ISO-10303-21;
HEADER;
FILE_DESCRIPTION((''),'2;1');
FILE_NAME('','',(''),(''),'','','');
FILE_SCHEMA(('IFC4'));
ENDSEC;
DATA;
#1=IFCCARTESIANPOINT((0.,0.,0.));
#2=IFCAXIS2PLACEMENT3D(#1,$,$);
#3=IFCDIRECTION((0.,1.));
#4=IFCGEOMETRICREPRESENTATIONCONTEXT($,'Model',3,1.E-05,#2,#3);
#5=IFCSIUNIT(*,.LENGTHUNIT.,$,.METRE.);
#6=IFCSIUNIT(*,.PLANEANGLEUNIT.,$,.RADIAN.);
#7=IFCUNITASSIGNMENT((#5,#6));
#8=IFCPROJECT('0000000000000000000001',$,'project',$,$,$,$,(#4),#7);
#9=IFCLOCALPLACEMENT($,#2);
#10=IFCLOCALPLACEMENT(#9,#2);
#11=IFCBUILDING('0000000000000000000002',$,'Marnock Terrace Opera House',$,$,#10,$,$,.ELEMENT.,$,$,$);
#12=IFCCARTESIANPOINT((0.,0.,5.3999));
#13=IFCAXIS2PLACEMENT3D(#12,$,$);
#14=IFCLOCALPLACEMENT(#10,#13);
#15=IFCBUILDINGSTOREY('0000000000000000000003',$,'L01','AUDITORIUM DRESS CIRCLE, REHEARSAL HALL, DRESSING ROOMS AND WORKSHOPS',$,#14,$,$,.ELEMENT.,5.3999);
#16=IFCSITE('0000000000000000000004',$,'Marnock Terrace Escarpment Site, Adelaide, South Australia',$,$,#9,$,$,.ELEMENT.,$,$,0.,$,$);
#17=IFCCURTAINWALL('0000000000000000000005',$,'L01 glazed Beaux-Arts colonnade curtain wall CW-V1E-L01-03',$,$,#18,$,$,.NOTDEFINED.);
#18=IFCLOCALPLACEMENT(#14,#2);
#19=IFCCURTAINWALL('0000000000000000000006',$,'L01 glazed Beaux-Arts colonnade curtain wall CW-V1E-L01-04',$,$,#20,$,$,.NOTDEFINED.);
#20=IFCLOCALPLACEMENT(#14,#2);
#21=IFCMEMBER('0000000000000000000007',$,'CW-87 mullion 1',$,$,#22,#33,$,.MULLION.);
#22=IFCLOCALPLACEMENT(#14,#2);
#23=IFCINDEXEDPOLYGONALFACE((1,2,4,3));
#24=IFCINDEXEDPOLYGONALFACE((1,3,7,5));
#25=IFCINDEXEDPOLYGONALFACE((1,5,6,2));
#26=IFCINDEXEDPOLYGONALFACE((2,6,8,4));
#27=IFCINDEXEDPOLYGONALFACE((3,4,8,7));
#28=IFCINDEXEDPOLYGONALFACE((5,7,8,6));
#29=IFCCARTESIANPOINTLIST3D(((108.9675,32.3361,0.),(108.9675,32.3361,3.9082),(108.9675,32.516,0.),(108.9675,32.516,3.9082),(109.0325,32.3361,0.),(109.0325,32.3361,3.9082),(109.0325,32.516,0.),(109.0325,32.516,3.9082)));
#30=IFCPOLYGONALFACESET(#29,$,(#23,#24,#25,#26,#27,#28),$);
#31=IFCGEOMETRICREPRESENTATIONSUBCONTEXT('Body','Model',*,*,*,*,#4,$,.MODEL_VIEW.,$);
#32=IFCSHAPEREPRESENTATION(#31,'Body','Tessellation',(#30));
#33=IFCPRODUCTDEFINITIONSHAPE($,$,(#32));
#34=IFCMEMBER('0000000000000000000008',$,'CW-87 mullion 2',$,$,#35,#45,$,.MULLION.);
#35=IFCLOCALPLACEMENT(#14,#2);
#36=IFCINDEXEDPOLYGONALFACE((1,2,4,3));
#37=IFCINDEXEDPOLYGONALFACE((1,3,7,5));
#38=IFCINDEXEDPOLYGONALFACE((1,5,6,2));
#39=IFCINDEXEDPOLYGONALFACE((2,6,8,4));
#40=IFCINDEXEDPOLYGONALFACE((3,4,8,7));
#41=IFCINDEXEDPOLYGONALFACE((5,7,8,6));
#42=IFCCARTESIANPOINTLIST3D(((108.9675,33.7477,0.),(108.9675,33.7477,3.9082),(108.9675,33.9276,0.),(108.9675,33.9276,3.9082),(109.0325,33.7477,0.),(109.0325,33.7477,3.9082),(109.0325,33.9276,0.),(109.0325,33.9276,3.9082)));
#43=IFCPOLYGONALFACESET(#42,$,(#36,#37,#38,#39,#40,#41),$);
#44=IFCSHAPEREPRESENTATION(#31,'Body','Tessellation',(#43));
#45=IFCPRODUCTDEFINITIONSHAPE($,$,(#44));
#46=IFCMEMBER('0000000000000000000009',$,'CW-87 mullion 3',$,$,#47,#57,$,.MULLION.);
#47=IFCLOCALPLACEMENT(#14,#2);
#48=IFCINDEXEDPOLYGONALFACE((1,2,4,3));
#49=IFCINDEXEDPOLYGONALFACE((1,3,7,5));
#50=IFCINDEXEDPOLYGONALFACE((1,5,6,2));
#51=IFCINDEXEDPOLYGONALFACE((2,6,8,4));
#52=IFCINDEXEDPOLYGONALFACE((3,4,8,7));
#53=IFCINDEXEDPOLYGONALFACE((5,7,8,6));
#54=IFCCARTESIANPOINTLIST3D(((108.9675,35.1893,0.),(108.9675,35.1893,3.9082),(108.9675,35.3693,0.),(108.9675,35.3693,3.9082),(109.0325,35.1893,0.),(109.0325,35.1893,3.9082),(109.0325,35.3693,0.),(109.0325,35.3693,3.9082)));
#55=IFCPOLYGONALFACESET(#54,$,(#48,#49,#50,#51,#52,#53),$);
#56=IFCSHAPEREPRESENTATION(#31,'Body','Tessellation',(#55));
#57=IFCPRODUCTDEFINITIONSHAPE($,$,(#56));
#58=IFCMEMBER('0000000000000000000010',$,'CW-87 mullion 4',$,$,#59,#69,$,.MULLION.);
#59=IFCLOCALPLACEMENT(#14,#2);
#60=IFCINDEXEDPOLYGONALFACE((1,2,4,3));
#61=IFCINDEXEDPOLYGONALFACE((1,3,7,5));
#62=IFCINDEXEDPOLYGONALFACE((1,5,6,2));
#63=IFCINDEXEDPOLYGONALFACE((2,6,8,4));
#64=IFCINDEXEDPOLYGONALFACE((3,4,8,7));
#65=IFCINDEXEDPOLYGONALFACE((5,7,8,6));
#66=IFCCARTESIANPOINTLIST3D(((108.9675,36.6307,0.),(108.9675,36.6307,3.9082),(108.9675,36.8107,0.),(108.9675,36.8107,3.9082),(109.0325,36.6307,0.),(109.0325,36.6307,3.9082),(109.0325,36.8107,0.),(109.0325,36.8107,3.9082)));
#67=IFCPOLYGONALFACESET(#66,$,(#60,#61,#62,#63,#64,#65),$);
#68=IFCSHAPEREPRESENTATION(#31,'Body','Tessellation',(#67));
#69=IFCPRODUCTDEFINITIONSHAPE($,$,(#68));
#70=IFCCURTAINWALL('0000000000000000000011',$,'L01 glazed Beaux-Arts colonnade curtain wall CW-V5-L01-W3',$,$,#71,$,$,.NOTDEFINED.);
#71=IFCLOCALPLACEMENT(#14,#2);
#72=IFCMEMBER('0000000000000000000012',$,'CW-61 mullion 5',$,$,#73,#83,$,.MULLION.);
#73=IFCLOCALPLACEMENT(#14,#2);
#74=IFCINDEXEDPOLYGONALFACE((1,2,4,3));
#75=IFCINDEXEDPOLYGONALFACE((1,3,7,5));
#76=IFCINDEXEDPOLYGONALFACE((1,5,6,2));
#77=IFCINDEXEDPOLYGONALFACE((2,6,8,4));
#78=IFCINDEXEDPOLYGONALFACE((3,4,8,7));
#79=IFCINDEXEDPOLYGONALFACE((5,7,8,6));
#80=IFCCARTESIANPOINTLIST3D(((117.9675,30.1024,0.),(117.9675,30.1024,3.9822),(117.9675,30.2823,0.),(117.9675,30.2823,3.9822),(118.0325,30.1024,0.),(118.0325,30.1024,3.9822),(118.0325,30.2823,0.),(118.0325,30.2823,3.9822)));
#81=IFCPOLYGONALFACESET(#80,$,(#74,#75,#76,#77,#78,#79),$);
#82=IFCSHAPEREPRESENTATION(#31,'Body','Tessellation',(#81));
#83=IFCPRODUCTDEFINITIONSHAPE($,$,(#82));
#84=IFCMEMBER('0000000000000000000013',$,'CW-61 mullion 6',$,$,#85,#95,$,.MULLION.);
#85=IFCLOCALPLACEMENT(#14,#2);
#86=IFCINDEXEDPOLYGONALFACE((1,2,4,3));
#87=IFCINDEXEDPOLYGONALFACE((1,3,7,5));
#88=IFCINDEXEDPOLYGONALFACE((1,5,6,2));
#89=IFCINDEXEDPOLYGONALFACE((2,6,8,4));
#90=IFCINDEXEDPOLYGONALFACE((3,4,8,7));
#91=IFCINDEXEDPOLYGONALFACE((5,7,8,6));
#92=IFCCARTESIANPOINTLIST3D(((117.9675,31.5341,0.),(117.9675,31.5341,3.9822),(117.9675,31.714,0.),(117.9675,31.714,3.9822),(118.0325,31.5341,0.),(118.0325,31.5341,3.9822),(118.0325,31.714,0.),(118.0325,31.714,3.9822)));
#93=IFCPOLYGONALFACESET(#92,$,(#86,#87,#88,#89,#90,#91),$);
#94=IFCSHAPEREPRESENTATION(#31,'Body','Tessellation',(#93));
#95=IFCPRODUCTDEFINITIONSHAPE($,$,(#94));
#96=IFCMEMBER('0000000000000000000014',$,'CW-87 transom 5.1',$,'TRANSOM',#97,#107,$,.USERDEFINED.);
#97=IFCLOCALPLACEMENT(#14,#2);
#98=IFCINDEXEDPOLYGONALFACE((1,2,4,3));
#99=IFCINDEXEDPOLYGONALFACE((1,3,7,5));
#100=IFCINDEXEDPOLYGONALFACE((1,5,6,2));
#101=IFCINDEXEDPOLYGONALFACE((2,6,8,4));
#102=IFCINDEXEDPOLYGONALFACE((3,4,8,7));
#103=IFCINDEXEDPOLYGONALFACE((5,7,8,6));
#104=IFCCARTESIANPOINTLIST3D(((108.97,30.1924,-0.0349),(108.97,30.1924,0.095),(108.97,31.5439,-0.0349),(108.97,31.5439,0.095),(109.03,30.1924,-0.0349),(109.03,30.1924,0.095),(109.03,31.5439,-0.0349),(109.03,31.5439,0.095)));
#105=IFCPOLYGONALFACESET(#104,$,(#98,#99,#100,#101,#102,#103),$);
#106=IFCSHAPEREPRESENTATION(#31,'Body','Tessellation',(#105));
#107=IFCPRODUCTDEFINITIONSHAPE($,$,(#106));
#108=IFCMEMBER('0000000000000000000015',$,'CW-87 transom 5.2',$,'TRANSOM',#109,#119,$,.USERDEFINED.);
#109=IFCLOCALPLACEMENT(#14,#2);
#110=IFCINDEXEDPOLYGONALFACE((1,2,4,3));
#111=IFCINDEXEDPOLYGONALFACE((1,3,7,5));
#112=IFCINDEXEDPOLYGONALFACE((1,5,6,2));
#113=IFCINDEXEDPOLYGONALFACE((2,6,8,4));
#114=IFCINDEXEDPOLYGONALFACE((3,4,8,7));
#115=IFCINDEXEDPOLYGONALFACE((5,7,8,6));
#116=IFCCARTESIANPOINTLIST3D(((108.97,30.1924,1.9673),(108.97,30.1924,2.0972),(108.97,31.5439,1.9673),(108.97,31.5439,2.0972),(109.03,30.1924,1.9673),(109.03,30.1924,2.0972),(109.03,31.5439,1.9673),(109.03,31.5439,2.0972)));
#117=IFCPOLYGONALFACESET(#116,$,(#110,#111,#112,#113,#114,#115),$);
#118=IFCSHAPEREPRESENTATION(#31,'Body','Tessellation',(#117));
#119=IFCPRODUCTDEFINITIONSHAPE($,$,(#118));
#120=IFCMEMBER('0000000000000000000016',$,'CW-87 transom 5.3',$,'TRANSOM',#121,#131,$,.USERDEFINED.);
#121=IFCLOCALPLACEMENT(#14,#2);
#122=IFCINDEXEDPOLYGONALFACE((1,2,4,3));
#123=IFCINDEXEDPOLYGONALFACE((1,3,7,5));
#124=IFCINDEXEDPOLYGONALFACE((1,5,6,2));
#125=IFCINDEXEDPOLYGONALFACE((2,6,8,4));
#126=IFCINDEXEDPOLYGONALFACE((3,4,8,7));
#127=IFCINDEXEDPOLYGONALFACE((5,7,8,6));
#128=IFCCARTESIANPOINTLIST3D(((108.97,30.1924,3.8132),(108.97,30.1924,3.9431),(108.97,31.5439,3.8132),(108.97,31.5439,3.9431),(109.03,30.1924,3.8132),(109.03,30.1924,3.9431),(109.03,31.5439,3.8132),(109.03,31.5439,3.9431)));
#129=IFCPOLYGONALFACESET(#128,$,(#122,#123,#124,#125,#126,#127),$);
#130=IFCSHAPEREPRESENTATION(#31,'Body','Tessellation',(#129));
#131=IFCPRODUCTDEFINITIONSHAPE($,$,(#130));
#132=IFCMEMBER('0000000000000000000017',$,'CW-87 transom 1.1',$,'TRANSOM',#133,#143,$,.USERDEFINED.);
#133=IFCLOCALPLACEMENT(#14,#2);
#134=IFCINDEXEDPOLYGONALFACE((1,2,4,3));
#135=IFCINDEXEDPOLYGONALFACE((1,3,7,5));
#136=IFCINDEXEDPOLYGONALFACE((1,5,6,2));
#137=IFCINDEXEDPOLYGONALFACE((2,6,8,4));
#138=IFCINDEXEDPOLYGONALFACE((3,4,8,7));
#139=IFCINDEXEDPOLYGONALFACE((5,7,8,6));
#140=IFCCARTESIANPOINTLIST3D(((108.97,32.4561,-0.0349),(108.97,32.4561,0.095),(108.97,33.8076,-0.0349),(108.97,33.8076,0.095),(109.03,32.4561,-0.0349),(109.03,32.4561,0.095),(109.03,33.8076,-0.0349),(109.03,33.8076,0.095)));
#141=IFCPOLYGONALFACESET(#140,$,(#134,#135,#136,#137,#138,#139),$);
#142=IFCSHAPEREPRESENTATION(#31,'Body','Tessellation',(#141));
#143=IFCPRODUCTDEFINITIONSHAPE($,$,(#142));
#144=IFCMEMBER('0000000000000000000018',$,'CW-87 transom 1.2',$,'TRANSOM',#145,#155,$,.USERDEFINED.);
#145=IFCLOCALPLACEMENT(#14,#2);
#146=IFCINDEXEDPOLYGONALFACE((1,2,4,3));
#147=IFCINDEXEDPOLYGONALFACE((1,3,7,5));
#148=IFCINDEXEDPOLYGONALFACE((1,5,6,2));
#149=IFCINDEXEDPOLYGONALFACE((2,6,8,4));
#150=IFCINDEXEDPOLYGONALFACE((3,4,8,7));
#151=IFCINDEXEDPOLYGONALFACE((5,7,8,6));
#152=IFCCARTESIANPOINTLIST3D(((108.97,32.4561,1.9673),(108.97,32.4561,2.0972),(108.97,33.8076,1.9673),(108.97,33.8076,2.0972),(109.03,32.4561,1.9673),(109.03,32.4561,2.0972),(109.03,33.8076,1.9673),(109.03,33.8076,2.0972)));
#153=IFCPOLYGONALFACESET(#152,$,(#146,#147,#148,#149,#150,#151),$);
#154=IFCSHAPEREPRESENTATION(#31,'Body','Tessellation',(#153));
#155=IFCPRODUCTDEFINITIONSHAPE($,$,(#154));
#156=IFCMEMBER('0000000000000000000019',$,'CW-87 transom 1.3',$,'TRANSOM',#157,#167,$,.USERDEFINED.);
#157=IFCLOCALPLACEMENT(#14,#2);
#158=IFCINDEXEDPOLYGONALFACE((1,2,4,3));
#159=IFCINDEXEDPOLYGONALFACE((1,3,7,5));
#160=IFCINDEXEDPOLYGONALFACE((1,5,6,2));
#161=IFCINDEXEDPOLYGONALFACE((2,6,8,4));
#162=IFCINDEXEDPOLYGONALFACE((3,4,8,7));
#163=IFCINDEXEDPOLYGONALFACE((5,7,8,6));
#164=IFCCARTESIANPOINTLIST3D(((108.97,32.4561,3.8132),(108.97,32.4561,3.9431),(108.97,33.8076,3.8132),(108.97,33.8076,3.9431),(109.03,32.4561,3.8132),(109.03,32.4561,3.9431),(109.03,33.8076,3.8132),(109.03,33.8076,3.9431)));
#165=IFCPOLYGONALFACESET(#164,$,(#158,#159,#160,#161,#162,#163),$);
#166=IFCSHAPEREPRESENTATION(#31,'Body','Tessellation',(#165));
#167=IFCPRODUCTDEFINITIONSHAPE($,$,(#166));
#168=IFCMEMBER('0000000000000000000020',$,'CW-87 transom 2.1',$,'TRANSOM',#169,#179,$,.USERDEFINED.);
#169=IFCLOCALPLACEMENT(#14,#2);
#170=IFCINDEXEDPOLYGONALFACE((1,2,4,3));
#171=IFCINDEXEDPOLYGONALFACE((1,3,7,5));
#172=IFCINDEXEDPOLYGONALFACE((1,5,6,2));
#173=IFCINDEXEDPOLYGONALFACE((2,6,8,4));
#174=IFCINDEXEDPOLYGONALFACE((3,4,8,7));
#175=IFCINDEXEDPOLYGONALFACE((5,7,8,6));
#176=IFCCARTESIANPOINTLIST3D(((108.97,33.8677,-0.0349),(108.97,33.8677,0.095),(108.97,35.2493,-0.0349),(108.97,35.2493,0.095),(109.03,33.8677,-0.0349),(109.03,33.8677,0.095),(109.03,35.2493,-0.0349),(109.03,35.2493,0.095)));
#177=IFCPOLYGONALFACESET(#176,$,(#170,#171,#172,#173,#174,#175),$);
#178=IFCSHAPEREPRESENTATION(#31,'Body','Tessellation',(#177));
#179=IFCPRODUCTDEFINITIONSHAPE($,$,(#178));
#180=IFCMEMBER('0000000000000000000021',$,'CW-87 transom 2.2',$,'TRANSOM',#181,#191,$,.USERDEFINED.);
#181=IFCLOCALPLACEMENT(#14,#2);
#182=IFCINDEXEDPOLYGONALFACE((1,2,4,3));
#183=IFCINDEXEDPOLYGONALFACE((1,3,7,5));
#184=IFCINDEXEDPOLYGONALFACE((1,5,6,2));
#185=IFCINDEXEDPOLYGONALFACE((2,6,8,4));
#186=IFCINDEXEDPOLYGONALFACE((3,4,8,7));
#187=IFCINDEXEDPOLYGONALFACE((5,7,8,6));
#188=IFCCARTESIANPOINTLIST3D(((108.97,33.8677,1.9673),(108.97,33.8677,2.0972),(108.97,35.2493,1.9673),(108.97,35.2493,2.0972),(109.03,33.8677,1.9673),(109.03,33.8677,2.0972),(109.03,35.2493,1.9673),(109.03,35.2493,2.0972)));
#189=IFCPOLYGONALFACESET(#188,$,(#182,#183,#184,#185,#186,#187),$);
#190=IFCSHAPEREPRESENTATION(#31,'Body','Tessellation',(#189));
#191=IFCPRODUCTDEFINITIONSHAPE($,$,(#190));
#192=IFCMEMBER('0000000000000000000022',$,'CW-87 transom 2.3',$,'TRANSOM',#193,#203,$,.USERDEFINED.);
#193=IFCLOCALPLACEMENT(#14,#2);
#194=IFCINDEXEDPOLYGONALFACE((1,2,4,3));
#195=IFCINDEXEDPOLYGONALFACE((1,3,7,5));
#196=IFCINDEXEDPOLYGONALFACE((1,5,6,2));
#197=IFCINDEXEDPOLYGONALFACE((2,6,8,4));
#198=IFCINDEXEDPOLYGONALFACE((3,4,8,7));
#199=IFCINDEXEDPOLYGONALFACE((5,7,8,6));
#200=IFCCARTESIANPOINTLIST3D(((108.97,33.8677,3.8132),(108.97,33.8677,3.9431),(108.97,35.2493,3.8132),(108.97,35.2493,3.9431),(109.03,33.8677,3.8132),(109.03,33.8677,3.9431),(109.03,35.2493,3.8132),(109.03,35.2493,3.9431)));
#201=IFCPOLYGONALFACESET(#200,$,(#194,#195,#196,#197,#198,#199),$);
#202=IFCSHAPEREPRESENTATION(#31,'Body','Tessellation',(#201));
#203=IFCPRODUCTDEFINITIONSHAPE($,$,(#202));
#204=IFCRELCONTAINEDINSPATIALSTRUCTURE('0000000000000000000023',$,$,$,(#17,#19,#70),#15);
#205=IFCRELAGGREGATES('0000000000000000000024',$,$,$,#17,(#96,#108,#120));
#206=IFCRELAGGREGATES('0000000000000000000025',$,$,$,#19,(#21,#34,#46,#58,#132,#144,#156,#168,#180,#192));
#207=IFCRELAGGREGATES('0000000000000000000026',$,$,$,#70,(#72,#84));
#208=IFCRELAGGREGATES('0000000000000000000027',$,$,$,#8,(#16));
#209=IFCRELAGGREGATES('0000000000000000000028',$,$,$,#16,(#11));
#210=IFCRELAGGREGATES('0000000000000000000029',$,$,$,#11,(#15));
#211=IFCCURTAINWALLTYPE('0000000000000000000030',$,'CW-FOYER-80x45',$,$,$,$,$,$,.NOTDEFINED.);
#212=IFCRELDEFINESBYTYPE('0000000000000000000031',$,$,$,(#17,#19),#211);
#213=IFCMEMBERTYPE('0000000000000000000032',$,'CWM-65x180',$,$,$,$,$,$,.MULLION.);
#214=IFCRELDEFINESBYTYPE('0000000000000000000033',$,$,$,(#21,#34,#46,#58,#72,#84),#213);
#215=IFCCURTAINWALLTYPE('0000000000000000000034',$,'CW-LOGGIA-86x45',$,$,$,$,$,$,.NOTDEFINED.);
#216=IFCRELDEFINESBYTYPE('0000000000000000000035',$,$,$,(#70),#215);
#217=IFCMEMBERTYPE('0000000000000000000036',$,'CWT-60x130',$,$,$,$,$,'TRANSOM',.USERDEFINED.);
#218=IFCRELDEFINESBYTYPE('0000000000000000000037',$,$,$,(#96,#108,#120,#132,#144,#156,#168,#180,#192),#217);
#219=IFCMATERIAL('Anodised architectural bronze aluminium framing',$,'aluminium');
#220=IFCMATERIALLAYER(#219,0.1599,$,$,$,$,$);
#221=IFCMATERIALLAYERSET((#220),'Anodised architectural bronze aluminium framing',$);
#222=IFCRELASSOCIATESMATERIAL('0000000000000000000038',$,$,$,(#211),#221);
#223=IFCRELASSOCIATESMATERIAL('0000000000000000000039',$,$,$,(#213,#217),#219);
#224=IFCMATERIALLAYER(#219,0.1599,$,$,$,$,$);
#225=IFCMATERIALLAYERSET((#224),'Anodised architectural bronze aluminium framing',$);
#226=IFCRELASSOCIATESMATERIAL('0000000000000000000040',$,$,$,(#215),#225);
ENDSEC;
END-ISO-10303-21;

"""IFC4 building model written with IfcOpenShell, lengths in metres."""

from ifc_helpers import new_model, si_unit, direction, frame, origin, origin_2d, place, context, subcontext, project, spatial, rectangle, extrude, material, layer, layer_set, material_profile, profile_set, type_object, element, aggregate, save


model = new_model("IFC4")

# Units and contexts
model_context = context("Model", 3, precision=1e-05, world=origin(), true_north=direction((0.0, 1.0)))
body_context = subcontext(model_context, "Body", "Model", "MODEL_VIEW")
ifc_project = project(units=[si_unit("LENGTHUNIT", "METRE"), si_unit("PLANEANGLEUNIT", "RADIAN")], contexts=[model_context])

# Site, building, storey
site_placement = place(None, origin())
site = spatial("IfcSite", under=ifc_project, at=site_placement, Name="Marnock Terrace Escarpment Site, Adelaide, South Australia", CompositionType="ELEMENT", RefElevation=0.0)
building_placement = place(site_placement, origin())
building = spatial("IfcBuilding", under=site, at=building_placement, Name="Marnock Terrace Opera House", CompositionType="ELEMENT")
storey_placement = place(building_placement, frame((0.0, 0.0, 5.3999)))
storey = spatial("IfcBuildingStorey", under=building, at=storey_placement, Name="L01", Description="AUDITORIUM DRESS CIRCLE, REHEARSAL HALL, DRESSING ROOMS AND WORKSHOPS", CompositionType="ELEMENT", Elevation=5.3999)

# Curtain walls, members
ifc_material_1 = material(Name="Anodised architectural bronze aluminium framing", Category="aluminium")
ifc_layer_1 = layer(ifc_material_1, 0.1599)
ifc_layer_set_1 = layer_set([ifc_layer_1], Name="Anodised architectural bronze aluminium framing")
curtain_wall_type_1 = type_object("IfcCurtainWallType", Name="CW-FOYER-80x45", PredefinedType="NOTDEFINED", material=ifc_layer_set_1)
curtain_wall_1_placement = place(storey_placement, origin())
curtain_wall_1 = element("IfcCurtainWall", 1, at=curtain_wall_1_placement, inside=storey, type_object=curtain_wall_type_1, Name="L01 glazed Beaux-Arts colonnade curtain wall CW-V1E-L01-03", PredefinedType="NOTDEFINED")
ifc_material_profile_1 = material_profile(ifc_material_1, rectangle(XDim=0.0649, YDim=0.1799, at=origin_2d()))
ifc_profile_set_1 = profile_set([ifc_material_profile_1], Name="Anodised architectural bronze aluminium framing")
member_type_1 = type_object("IfcMemberType", Name="CWM-65x180", PredefinedType="MULLION", material=ifc_profile_set_1)
curtain_wall_2_placement = place(storey_placement, origin())
curtain_wall_2 = element("IfcCurtainWall", 2, at=curtain_wall_2_placement, inside=storey, type_object=curtain_wall_type_1, Name="L01 glazed Beaux-Arts colonnade curtain wall CW-V1E-L01-04", PredefinedType="NOTDEFINED")
member_1_placement = place(storey_placement, frame((109.0, 32.426, 0.0), z_axis=(0.0, 0.0, 1.0), x_axis=(-1.0, 0.0, 0.0)))
member_1 = element("IfcMember", 3, at=member_1_placement, type_object=member_type_1, Name="CW-87 mullion 1", PredefinedType="MULLION", context=body_context, shape_type="SweptSolid", body=[
    extrude(rectangle(XDim=0.0649, YDim=0.1799, at=origin_2d()), origin(), (0.0, 0.0, 1.0), 3.9082),
])
member_2_placement = place(storey_placement, frame((109.0, 33.8376, 0.0), z_axis=(0.0, 0.0, 1.0), x_axis=(-1.0, 0.0, 0.0)))
member_2 = element("IfcMember", 4, at=member_2_placement, type_object=member_type_1, Name="CW-87 mullion 2", PredefinedType="MULLION", context=body_context, shape_type="SweptSolid", body=[
    extrude(rectangle(XDim=0.0649, YDim=0.1799, at=origin_2d()), origin(), (0.0, 0.0, 1.0), 3.9082),
])
member_3_placement = place(storey_placement, frame((109.0, 35.2793, 0.0), z_axis=(0.0, 0.0, 1.0), x_axis=(-1.0, 0.0, 0.0)))
member_3 = element("IfcMember", 5, at=member_3_placement, type_object=member_type_1, Name="CW-87 mullion 3", PredefinedType="MULLION", context=body_context, shape_type="SweptSolid", body=[
    extrude(rectangle(XDim=0.0649, YDim=0.1799, at=origin_2d()), origin(), (0.0, 0.0, 1.0), 3.9082),
])
member_4_placement = place(storey_placement, frame((109.0, 36.7207, 0.0), z_axis=(0.0, 0.0, 1.0), x_axis=(-1.0, 0.0, 0.0)))
member_4 = element("IfcMember", 6, at=member_4_placement, type_object=member_type_1, Name="CW-87 mullion 4", PredefinedType="MULLION", context=body_context, shape_type="SweptSolid", body=[
    extrude(rectangle(XDim=0.0649, YDim=0.1799, at=origin_2d()), origin(), (0.0, 0.0, 1.0), 3.9082),
])
ifc_layer_2 = layer(ifc_material_1, 0.1599)
ifc_layer_set_2 = layer_set([ifc_layer_2], Name="Anodised architectural bronze aluminium framing")
curtain_wall_type_2 = type_object("IfcCurtainWallType", Name="CW-LOGGIA-86x45", PredefinedType="NOTDEFINED", material=ifc_layer_set_2)
curtain_wall_3_placement = place(storey_placement, origin())
curtain_wall_3 = element("IfcCurtainWall", 7, at=curtain_wall_3_placement, inside=storey, type_object=curtain_wall_type_2, Name="L01 glazed Beaux-Arts colonnade curtain wall CW-V5-L01-W3", PredefinedType="NOTDEFINED")
member_5_placement = place(storey_placement, frame((118.0, 30.1924, 0.0), z_axis=(0.0, 0.0, 1.0), x_axis=(-1.0, 0.0, 0.0)))
member_5 = element("IfcMember", 8, at=member_5_placement, type_object=member_type_1, Name="CW-61 mullion 5", PredefinedType="MULLION", context=body_context, shape_type="SweptSolid", body=[
    extrude(rectangle(XDim=0.0649, YDim=0.1799, at=origin_2d()), origin(), (0.0, 0.0, 1.0), 3.9822),
])
member_6_placement = place(storey_placement, frame((118.0, 31.624, 0.0), z_axis=(0.0, 0.0, 1.0), x_axis=(-1.0, 0.0, 0.0)))
member_6 = element("IfcMember", 9, at=member_6_placement, type_object=member_type_1, Name="CW-61 mullion 6", PredefinedType="MULLION", context=body_context, shape_type="SweptSolid", body=[
    extrude(rectangle(XDim=0.0649, YDim=0.1799, at=origin_2d()), origin(), (0.0, 0.0, 1.0), 3.9822),
])

# Members
ifc_material_profile_2 = material_profile(ifc_material_1, rectangle(XDim=0.0601, YDim=0.1299, at=origin_2d()))
ifc_profile_set_2 = profile_set([ifc_material_profile_2], Name="Anodised architectural bronze aluminium framing")
member_type_2 = type_object("IfcMemberType", Name="CWT-60x130", ElementType="TRANSOM", PredefinedType="USERDEFINED", material=ifc_profile_set_2)
member_7_placement = place(storey_placement, frame((109.0, 30.1924, 0.03), z_axis=(0.0, 1.0, 0.0), x_axis=(-1.0, 0.0, 0.0)))
member_7 = element("IfcMember", 10, at=member_7_placement, type_object=member_type_2, Name="CW-87 transom 5.1", ObjectType="TRANSOM", PredefinedType="USERDEFINED", context=body_context, shape_type="SweptSolid", body=[
    extrude(rectangle(XDim=0.0601, YDim=0.1299, at=origin_2d()), origin(), (0.0, 0.0, 1.0), 1.3516),
])
member_8_placement = place(storey_placement, frame((109.0, 30.1924, 2.0322), z_axis=(0.0, 1.0, 0.0), x_axis=(-1.0, 0.0, 0.0)))
member_8 = element("IfcMember", 11, at=member_8_placement, type_object=member_type_2, Name="CW-87 transom 5.2", ObjectType="TRANSOM", PredefinedType="USERDEFINED", context=body_context, shape_type="SweptSolid", body=[
    extrude(rectangle(XDim=0.0601, YDim=0.1299, at=origin_2d()), origin(), (0.0, 0.0, 1.0), 1.3516),
])
member_9_placement = place(storey_placement, frame((109.0, 30.1924, 3.8782), z_axis=(0.0, 1.0, 0.0), x_axis=(-1.0, 0.0, 0.0)))
member_9 = element("IfcMember", 12, at=member_9_placement, type_object=member_type_2, Name="CW-87 transom 5.3", ObjectType="TRANSOM", PredefinedType="USERDEFINED", context=body_context, shape_type="SweptSolid", body=[
    extrude(rectangle(XDim=0.0601, YDim=0.1299, at=origin_2d()), origin(), (0.0, 0.0, 1.0), 1.3516),
])
member_10_placement = place(storey_placement, frame((109.0, 32.4561, 0.03), z_axis=(0.0, 1.0, 0.0), x_axis=(-1.0, 0.0, 0.0)))
member_10 = element("IfcMember", 13, at=member_10_placement, type_object=member_type_2, Name="CW-87 transom 1.1", ObjectType="TRANSOM", PredefinedType="USERDEFINED", context=body_context, shape_type="SweptSolid", body=[
    extrude(rectangle(XDim=0.0601, YDim=0.1299, at=origin_2d()), origin(), (0.0, 0.0, 1.0), 1.3516),
])
member_11_placement = place(storey_placement, frame((109.0, 32.4561, 2.0322), z_axis=(0.0, 1.0, 0.0), x_axis=(-1.0, 0.0, 0.0)))
member_11 = element("IfcMember", 14, at=member_11_placement, type_object=member_type_2, Name="CW-87 transom 1.2", ObjectType="TRANSOM", PredefinedType="USERDEFINED", context=body_context, shape_type="SweptSolid", body=[
    extrude(rectangle(XDim=0.0601, YDim=0.1299, at=origin_2d()), origin(), (0.0, 0.0, 1.0), 1.3516),
])
member_12_placement = place(storey_placement, frame((109.0, 32.4561, 3.8782), z_axis=(0.0, 1.0, 0.0), x_axis=(-1.0, 0.0, 0.0)))
member_12 = element("IfcMember", 15, at=member_12_placement, type_object=member_type_2, Name="CW-87 transom 1.3", ObjectType="TRANSOM", PredefinedType="USERDEFINED", context=body_context, shape_type="SweptSolid", body=[
    extrude(rectangle(XDim=0.0601, YDim=0.1299, at=origin_2d()), origin(), (0.0, 0.0, 1.0), 1.3516),
])
member_13_placement = place(storey_placement, frame((109.0, 33.8677, 0.03), z_axis=(0.0, 1.0, 0.0), x_axis=(-1.0, 0.0, 0.0)))
member_13 = element("IfcMember", 16, at=member_13_placement, type_object=member_type_2, Name="CW-87 transom 2.1", ObjectType="TRANSOM", PredefinedType="USERDEFINED", context=body_context, shape_type="SweptSolid", body=[
    extrude(rectangle(XDim=0.0601, YDim=0.1299, at=origin_2d()), origin(), (0.0, 0.0, 1.0), 1.3816),
])
member_14_placement = place(storey_placement, frame((109.0, 33.8677, 2.0322), z_axis=(0.0, 1.0, 0.0), x_axis=(-1.0, 0.0, 0.0)))
member_14 = element("IfcMember", 17, at=member_14_placement, type_object=member_type_2, Name="CW-87 transom 2.2", ObjectType="TRANSOM", PredefinedType="USERDEFINED", context=body_context, shape_type="SweptSolid", body=[
    extrude(rectangle(XDim=0.0601, YDim=0.1299, at=origin_2d()), origin(), (0.0, 0.0, 1.0), 1.3816),
])
member_15_placement = place(storey_placement, frame((109.0, 33.8677, 3.8782), z_axis=(0.0, 1.0, 0.0), x_axis=(-1.0, 0.0, 0.0)))
member_15 = element("IfcMember", 18, at=member_15_placement, type_object=member_type_2, Name="CW-87 transom 2.3", ObjectType="TRANSOM", PredefinedType="USERDEFINED", context=body_context, shape_type="SweptSolid", body=[
    extrude(rectangle(XDim=0.0601, YDim=0.1299, at=origin_2d()), origin(), (0.0, 0.0, 1.0), 1.3816),
])

aggregate(curtain_wall_1, [member_7, member_8, member_9])
aggregate(curtain_wall_2, [member_1, member_2, member_3, member_4, member_10, member_11, member_12, member_13, member_14, member_15])
aggregate(curtain_wall_3, [member_5, member_6])

save(model, "model.ifc")
